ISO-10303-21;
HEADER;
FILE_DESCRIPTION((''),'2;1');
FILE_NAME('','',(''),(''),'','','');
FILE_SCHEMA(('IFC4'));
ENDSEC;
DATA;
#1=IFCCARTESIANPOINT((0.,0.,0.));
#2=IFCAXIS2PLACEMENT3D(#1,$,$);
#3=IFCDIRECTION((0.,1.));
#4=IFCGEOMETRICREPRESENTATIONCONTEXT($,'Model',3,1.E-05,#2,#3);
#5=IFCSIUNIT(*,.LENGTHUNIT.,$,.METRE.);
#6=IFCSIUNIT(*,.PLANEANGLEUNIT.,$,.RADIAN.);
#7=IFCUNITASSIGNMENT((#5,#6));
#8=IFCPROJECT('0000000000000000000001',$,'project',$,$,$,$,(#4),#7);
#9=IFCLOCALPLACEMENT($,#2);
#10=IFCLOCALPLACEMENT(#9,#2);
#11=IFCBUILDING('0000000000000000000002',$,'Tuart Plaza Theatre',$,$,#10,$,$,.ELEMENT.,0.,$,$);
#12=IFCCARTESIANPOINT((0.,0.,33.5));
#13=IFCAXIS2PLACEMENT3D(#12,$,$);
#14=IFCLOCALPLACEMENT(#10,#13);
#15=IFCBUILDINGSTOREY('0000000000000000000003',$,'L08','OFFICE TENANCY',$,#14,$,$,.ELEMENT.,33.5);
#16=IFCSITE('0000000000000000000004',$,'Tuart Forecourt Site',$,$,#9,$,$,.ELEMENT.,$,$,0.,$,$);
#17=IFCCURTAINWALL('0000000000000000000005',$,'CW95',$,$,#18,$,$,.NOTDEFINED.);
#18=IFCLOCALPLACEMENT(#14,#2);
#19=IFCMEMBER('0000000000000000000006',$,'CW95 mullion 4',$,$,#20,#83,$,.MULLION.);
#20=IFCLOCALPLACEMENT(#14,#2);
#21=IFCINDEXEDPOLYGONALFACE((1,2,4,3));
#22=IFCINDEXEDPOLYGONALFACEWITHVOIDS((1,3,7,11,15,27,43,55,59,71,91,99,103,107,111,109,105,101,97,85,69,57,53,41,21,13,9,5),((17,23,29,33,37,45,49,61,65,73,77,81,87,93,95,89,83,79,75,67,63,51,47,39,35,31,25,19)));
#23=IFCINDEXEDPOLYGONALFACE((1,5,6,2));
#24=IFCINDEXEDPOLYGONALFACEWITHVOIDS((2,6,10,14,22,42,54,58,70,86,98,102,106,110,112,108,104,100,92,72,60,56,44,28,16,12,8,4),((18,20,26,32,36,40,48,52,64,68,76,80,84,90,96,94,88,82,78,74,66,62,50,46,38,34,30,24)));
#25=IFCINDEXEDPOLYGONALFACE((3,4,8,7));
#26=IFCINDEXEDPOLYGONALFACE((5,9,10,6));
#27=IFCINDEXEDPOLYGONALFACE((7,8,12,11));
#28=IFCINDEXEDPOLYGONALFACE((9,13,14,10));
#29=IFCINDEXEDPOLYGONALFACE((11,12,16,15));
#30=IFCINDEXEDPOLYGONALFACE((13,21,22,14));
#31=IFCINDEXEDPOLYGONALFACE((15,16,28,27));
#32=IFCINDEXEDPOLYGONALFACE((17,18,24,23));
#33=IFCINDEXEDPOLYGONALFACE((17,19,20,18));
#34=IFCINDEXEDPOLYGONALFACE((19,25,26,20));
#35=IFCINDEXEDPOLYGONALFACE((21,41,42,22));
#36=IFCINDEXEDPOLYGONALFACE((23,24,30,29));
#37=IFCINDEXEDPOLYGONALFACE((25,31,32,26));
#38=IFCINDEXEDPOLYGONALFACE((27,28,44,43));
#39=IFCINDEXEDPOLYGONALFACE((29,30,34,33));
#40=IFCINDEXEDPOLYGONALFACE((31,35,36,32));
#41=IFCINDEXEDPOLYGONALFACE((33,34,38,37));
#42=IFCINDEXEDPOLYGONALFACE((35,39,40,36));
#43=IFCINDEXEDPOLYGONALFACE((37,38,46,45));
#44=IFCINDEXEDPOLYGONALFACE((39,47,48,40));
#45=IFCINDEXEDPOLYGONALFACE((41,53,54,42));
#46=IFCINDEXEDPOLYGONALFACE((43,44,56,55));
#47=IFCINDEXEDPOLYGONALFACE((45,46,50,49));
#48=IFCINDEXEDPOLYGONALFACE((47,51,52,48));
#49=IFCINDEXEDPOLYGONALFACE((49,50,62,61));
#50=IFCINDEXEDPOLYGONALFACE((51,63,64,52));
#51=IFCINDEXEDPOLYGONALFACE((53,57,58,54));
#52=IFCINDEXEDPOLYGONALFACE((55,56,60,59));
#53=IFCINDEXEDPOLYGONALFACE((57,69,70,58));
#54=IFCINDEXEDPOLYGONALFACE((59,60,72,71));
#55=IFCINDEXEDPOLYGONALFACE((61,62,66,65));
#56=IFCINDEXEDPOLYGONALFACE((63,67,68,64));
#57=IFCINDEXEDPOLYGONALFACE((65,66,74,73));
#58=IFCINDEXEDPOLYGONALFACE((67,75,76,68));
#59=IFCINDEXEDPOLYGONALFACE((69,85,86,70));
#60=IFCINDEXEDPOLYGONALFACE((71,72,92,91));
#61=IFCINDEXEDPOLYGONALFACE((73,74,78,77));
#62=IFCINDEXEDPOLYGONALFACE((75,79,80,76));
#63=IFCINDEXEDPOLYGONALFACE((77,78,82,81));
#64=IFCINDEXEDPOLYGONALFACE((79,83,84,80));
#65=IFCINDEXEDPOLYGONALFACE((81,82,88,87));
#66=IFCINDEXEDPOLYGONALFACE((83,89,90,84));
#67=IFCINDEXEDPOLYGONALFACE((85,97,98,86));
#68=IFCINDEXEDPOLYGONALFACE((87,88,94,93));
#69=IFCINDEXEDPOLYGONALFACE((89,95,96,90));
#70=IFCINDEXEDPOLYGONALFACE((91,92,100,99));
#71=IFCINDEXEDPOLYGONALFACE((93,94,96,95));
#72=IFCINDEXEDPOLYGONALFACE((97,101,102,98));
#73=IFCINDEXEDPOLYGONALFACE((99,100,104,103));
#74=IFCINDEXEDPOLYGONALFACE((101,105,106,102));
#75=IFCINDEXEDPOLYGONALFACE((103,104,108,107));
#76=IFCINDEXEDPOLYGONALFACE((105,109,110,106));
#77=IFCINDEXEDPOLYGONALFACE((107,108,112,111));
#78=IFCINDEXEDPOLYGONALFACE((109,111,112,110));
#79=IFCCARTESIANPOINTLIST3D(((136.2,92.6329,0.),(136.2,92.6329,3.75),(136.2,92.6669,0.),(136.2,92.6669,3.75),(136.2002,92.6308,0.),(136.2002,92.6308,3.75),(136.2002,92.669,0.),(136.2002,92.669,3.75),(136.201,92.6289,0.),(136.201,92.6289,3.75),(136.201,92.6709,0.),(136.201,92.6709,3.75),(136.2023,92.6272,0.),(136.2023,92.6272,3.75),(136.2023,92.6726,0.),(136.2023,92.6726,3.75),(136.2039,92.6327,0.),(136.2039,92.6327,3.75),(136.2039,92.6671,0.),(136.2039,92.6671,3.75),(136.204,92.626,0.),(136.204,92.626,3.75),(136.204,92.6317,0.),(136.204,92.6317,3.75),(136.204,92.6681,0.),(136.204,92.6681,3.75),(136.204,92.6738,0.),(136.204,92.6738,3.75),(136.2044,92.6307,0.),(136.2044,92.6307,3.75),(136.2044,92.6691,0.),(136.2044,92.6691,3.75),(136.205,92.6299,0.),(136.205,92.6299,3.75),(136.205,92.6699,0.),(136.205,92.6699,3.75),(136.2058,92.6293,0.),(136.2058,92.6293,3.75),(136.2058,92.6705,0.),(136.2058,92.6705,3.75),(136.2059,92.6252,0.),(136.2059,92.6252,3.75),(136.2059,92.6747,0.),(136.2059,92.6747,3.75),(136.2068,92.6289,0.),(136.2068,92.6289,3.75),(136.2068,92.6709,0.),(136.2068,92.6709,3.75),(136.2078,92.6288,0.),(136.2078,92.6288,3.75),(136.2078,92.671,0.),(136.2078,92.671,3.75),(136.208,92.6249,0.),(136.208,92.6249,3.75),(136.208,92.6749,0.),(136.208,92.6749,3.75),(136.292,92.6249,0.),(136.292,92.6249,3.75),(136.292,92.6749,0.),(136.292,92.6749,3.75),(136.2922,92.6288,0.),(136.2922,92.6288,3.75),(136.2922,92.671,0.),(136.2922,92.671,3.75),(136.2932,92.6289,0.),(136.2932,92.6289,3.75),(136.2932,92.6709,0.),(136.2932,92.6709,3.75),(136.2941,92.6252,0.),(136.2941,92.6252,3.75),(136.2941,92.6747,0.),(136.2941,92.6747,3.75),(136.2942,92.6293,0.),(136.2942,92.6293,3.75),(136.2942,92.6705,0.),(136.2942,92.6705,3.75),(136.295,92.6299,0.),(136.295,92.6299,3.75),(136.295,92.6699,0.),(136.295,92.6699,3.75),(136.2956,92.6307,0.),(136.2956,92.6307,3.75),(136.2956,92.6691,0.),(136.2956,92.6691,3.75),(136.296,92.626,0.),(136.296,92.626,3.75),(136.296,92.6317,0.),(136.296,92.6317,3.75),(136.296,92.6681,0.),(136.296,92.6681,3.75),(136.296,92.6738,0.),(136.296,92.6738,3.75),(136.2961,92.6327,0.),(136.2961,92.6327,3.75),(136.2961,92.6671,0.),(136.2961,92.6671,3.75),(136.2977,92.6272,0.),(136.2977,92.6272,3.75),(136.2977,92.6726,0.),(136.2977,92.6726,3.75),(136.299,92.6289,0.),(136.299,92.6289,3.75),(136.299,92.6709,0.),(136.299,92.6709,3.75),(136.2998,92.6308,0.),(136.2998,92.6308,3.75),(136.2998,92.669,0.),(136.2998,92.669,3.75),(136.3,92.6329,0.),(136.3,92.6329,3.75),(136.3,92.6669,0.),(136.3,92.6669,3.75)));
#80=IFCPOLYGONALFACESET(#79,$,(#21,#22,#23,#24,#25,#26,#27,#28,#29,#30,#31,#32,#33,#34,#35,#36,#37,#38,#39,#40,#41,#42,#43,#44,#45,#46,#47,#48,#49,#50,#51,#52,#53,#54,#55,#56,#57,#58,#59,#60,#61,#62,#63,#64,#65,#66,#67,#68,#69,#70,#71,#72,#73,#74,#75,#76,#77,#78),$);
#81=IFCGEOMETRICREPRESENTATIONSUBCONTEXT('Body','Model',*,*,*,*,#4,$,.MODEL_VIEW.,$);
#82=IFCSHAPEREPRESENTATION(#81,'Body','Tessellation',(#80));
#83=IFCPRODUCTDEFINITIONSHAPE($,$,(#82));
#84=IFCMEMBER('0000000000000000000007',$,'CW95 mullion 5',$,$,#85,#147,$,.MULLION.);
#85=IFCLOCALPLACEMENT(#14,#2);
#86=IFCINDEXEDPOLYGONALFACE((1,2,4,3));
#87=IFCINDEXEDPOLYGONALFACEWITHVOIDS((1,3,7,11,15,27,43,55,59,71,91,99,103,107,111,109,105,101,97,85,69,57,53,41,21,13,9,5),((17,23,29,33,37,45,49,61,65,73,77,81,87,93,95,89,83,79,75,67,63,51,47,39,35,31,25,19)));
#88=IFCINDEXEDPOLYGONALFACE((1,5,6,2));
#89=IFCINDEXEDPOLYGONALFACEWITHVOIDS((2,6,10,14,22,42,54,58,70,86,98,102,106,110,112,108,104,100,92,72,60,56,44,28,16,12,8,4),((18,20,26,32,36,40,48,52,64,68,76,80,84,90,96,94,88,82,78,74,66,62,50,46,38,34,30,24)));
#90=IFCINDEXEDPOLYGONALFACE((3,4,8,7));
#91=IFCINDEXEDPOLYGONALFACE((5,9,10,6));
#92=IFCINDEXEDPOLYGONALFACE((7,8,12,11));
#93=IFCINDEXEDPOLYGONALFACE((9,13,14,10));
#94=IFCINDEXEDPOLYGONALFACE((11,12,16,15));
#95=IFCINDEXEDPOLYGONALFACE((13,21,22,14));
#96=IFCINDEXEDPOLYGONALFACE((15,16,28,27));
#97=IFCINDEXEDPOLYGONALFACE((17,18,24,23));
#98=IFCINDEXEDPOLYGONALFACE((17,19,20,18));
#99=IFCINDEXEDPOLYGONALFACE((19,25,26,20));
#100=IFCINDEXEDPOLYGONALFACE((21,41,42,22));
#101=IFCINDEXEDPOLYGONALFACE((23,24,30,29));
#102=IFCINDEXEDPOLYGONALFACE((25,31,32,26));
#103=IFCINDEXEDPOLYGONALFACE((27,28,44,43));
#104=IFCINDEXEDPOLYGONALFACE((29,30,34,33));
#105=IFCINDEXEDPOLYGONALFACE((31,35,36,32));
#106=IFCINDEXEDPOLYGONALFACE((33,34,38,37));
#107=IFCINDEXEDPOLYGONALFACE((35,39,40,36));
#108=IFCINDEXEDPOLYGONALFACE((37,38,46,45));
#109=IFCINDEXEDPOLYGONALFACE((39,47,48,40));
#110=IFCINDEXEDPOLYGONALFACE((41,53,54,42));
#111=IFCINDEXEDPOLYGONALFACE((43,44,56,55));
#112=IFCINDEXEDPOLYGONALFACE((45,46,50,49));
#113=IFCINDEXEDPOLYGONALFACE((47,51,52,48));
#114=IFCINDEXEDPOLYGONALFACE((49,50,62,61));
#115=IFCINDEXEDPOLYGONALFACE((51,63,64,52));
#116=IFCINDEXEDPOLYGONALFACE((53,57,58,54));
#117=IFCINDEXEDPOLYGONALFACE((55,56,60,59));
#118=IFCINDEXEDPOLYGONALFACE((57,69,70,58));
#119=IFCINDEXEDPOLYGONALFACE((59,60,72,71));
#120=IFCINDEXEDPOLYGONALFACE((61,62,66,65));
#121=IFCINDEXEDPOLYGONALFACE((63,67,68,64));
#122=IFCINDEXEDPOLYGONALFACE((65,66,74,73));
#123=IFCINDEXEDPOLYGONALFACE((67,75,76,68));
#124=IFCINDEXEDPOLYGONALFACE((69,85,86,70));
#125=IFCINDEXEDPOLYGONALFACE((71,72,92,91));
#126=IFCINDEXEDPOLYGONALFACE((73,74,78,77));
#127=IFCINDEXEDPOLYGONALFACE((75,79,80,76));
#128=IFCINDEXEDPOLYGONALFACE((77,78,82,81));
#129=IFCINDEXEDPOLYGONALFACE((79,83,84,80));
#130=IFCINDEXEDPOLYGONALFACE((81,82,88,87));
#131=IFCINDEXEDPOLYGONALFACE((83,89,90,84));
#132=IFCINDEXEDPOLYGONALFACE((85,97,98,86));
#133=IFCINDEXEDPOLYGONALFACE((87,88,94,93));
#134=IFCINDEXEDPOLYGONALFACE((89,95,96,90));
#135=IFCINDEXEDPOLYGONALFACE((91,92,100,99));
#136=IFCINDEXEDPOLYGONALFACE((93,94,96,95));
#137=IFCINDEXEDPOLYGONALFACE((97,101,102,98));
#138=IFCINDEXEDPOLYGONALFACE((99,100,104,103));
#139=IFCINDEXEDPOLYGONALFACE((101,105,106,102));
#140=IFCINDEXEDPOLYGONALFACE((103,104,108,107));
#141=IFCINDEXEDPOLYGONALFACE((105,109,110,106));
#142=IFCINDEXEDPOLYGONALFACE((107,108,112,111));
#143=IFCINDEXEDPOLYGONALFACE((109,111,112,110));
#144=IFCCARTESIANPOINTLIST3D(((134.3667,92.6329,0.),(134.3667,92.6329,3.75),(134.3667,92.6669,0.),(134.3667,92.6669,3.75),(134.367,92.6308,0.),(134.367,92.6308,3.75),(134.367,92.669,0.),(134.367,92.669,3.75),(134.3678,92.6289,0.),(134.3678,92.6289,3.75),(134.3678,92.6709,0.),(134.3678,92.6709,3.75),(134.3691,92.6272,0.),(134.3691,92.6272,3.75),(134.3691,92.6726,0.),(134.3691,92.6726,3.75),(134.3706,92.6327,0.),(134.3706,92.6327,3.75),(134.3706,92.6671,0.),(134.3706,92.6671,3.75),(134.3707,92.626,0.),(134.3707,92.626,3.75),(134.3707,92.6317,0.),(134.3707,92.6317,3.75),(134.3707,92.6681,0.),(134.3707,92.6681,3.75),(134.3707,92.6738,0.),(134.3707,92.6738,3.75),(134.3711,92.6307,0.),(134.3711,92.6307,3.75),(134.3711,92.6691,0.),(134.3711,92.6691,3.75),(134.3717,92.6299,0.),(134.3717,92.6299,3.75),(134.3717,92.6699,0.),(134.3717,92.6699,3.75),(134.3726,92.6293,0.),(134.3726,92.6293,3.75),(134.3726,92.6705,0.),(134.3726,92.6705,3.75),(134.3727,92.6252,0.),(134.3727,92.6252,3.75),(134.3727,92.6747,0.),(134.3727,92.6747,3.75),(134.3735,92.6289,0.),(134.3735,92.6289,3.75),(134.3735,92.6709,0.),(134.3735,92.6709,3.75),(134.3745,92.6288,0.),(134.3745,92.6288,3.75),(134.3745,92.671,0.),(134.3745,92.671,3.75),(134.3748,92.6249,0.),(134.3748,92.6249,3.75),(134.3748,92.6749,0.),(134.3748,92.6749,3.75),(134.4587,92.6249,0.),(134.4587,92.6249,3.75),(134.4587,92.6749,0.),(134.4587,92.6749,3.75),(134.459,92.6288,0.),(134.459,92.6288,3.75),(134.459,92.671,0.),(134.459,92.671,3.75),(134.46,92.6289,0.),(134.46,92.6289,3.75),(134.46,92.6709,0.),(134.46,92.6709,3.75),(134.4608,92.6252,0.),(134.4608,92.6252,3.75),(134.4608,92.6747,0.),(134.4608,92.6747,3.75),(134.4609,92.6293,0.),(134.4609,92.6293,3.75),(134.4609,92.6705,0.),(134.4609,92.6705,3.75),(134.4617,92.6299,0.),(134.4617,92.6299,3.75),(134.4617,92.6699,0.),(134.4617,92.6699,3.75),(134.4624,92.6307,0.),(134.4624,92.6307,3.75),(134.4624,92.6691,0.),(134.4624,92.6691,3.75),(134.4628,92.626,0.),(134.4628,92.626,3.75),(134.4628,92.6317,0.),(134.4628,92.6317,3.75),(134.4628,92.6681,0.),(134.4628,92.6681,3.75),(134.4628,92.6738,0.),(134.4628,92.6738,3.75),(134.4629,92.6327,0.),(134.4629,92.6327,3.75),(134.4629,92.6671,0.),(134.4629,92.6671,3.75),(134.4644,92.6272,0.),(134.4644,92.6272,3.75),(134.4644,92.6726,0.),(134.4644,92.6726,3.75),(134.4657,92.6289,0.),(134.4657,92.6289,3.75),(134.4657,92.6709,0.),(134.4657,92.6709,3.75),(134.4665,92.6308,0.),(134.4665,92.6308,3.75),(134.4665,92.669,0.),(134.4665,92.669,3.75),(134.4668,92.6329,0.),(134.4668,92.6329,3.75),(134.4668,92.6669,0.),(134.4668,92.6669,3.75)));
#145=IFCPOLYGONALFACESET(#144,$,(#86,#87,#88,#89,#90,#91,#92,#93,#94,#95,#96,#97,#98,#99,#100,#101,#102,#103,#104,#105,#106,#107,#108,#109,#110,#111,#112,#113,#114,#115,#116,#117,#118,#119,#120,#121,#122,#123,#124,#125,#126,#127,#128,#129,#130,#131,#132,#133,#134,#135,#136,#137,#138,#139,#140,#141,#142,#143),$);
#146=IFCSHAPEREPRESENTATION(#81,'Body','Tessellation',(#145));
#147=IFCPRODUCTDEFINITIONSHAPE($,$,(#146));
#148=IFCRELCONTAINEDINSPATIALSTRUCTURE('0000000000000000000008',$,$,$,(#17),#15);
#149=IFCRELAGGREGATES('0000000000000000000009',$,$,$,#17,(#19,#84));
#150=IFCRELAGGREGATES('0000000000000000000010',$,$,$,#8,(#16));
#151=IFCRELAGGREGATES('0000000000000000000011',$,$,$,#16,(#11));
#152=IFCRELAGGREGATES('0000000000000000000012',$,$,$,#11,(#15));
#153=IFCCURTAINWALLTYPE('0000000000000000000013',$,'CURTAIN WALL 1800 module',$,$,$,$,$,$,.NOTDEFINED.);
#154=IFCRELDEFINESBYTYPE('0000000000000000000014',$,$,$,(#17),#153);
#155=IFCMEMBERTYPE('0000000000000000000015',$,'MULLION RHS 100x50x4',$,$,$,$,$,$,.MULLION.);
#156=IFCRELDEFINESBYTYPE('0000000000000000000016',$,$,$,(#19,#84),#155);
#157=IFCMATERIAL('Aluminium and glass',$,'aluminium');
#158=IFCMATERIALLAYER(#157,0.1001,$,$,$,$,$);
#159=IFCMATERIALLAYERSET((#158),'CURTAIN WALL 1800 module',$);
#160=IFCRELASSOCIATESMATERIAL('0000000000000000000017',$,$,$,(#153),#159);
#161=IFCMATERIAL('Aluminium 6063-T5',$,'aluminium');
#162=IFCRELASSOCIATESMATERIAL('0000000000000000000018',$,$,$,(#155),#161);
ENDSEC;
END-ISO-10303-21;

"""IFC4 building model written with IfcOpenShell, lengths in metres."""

from ifc_helpers import new_model, si_unit, direction, frame, origin, origin_2d, place, context, subcontext, project, spatial, hollow_rectangle, extrude, material, layer, layer_set, material_profile, profile_set, type_object, element, aggregate, save


model = new_model("IFC4")

# Units and contexts
model_context = context("Model", 3, precision=1e-05, world=origin(), true_north=direction((0.0, 1.0)))
body_context = subcontext(model_context, "Body", "Model", "MODEL_VIEW")
ifc_project = project(units=[si_unit("LENGTHUNIT", "METRE"), si_unit("PLANEANGLEUNIT", "RADIAN")], contexts=[model_context])

# Site, building, storey
site_placement = place(None, origin())
site = spatial("IfcSite", under=ifc_project, at=site_placement, Name="Tuart Forecourt Site", CompositionType="ELEMENT", RefElevation=0.0)
building_placement = place(site_placement, origin())
building = spatial("IfcBuilding", under=site, at=building_placement, Name="Tuart Plaza Theatre", CompositionType="ELEMENT", ElevationOfRefHeight=0.0)
storey_placement = place(building_placement, frame((0.0, 0.0, 33.5)))
storey = spatial("IfcBuildingStorey", under=building, at=storey_placement, Name="L08", Description="OFFICE TENANCY", CompositionType="ELEMENT", Elevation=33.5)

# Curtain wall, members
ifc_material_1 = material(Name="Aluminium and glass", Category="aluminium")
ifc_layer_1 = layer(ifc_material_1, 0.1001)
ifc_layer_set_1 = layer_set([ifc_layer_1], Name="CURTAIN WALL 1800 module")
curtain_wall_type = type_object("IfcCurtainWallType", Name="CURTAIN WALL 1800 module", PredefinedType="NOTDEFINED", material=ifc_layer_set_1)
curtain_wall_placement = place(storey_placement, origin())
curtain_wall = element("IfcCurtainWall", 1, at=curtain_wall_placement, inside=storey, type_object=curtain_wall_type, Name="CW95", PredefinedType="NOTDEFINED")
ifc_material_2 = material(Name="Aluminium 6063-T5", Category="aluminium")
ifc_material_profile_1 = material_profile(ifc_material_2, hollow_rectangle(XDim=0.05, YDim=0.1001, WallThickness=0.0039, InnerFilletRadius=0.0039, OuterFilletRadius=0.0081, at=origin_2d()), Name="RHS 100x50x4")
ifc_profile_set_1 = profile_set([ifc_material_profile_1], Name="Aluminium 6063-T5")
member_type_1 = type_object("IfcMemberType", Name="MULLION RHS 100x50x4", PredefinedType="MULLION", material=ifc_profile_set_1)
member_1_placement = place(storey_placement, frame((136.25, 92.6499, 0.0), z_axis=(0.0, 0.0, 1.0), x_axis=(0.0, -1.0, 0.0)))
member_1 = element("IfcMember", 2, at=member_1_placement, type_object=member_type_1, Name="CW95 mullion 4", PredefinedType="MULLION", context=body_context, shape_type="SweptSolid", body=[
    extrude(hollow_rectangle(XDim=0.05, YDim=0.1001, WallThickness=0.0039, InnerFilletRadius=0.0039, OuterFilletRadius=0.0081, at=origin_2d()), origin(), (0.0, 0.0, 1.0), 3.75),
])
member_2_placement = place(storey_placement, frame((134.4167, 92.6499, 0.0), z_axis=(0.0, 0.0, 1.0), x_axis=(0.0, -1.0, 0.0)))
member_2 = element("IfcMember", 3, at=member_2_placement, type_object=member_type_1, Name="CW95 mullion 5", PredefinedType="MULLION", context=body_context, shape_type="SweptSolid", body=[
    extrude(hollow_rectangle(XDim=0.05, YDim=0.1001, WallThickness=0.0039, InnerFilletRadius=0.0039, OuterFilletRadius=0.0081, at=origin_2d()), origin(), (0.0, 0.0, 1.0), 3.75),
])
aggregate(curtain_wall, [member_1, member_2])

save(model, "model.ifc")
